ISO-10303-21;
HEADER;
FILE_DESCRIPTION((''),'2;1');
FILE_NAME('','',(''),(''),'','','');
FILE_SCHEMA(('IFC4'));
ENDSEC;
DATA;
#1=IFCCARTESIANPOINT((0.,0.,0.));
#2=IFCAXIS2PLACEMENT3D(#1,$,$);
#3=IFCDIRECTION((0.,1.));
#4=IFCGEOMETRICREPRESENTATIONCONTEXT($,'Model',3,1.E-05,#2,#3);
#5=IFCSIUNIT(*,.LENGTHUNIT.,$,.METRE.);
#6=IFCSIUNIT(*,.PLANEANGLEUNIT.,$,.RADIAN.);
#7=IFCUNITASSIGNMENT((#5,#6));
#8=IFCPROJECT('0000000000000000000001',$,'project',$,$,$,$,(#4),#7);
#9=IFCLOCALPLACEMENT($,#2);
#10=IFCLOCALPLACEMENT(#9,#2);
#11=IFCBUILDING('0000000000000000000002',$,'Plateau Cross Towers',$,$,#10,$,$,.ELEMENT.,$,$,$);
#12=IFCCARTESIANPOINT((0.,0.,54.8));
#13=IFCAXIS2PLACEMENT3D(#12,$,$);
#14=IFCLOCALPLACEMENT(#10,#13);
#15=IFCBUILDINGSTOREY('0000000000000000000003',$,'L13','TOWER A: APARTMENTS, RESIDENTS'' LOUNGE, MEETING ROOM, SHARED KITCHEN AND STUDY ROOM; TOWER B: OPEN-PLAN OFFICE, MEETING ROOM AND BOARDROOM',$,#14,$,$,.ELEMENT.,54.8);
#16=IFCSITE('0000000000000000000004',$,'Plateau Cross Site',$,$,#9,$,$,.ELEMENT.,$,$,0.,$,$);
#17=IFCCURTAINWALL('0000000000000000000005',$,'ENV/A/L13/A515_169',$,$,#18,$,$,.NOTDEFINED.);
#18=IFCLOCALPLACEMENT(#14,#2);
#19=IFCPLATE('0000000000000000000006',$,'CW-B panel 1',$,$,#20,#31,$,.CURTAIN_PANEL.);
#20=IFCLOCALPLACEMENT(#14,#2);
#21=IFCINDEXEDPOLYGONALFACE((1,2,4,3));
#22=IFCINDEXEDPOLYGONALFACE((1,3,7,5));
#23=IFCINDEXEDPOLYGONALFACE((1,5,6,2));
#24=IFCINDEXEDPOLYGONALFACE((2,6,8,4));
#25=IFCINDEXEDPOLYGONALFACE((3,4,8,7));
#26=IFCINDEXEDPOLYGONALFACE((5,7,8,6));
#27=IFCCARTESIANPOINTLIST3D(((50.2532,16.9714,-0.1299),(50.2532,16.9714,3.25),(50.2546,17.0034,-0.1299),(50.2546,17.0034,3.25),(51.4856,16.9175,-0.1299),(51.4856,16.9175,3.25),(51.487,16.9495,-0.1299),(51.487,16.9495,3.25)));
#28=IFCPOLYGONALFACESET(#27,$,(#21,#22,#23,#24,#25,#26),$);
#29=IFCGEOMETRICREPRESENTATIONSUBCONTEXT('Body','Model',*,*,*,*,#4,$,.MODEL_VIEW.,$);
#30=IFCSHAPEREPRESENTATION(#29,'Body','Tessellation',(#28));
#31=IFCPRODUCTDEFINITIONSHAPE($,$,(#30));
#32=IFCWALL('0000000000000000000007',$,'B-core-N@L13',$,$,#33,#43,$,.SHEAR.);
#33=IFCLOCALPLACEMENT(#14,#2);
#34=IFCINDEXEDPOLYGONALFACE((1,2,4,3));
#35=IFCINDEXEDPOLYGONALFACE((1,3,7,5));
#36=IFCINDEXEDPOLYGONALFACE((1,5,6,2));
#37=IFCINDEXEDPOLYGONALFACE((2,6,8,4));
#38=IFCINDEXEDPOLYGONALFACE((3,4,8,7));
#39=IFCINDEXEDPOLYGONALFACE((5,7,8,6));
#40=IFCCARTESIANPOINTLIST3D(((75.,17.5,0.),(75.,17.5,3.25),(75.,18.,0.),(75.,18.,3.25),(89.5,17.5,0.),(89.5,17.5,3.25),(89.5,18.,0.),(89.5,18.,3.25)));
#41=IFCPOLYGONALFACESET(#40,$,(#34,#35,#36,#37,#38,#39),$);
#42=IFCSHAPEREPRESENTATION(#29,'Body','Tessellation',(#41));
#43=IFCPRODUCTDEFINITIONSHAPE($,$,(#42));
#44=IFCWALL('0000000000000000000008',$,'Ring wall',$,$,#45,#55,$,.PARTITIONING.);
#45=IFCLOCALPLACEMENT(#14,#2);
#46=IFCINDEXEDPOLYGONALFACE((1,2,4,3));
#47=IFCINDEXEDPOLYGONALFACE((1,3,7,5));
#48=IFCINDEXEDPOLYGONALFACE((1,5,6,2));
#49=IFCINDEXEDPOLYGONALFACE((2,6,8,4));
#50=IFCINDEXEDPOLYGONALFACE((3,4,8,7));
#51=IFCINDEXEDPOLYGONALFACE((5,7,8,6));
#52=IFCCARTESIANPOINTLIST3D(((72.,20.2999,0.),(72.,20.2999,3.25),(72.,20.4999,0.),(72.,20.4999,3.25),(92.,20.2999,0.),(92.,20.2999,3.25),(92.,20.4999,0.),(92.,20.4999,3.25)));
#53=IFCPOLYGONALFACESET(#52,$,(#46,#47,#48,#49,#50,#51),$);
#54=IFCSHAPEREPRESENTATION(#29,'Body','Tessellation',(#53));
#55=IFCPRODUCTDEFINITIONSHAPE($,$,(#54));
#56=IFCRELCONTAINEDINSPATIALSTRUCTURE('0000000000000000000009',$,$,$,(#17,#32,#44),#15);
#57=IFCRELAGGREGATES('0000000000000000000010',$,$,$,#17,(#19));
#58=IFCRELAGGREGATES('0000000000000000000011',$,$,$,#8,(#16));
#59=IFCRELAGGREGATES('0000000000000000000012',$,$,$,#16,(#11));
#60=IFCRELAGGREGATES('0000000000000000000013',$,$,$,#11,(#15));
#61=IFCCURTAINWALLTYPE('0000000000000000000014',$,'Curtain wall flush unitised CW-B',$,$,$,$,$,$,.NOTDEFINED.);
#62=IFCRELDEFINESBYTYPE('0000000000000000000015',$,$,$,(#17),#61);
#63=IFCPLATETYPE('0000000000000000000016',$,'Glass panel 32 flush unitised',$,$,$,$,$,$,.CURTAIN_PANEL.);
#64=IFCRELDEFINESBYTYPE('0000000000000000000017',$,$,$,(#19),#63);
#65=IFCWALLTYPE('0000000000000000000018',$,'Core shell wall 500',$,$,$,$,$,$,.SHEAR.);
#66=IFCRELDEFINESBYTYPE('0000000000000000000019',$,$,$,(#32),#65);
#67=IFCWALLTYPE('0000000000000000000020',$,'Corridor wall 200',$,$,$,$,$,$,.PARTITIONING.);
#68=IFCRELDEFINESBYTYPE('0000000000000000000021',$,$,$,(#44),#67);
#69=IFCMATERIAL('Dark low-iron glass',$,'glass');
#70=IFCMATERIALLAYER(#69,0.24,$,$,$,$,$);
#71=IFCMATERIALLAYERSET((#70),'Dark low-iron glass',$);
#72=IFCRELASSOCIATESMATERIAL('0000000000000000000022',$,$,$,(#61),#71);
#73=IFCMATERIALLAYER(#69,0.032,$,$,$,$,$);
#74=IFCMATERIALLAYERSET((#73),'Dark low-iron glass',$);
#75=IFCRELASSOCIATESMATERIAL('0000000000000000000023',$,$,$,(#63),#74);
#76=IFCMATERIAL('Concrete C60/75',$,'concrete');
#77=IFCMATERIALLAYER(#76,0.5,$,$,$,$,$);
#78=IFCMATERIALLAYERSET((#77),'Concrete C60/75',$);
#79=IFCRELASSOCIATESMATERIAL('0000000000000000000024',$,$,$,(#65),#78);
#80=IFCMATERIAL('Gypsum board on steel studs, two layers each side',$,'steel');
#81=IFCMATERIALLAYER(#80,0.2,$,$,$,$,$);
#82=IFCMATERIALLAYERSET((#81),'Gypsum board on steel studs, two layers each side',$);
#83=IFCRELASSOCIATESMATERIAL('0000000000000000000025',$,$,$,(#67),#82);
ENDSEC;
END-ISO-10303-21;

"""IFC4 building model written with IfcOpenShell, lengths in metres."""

from ifc_helpers import new_model, si_unit, direction, frame, frame_2d, origin, origin_2d, place, context, subcontext, project, spatial, rectangle, extrude, material, layer, layer_set, type_object, element, aggregate, save


model = new_model("IFC4")

# Units and contexts
model_context = context("Model", 3, precision=1e-05, world=origin(), true_north=direction((0.0, 1.0)))
body_context = subcontext(model_context, "Body", "Model", "MODEL_VIEW")
ifc_project = project(units=[si_unit("LENGTHUNIT", "METRE"), si_unit("PLANEANGLEUNIT", "RADIAN")], contexts=[model_context])

# Site, building, storey
site_placement = place(None, origin())
site = spatial("IfcSite", under=ifc_project, at=site_placement, Name="Plateau Cross Site", CompositionType="ELEMENT", RefElevation=0.0)
building_placement = place(site_placement, origin())
building = spatial("IfcBuilding", under=site, at=building_placement, Name="Plateau Cross Towers", CompositionType="ELEMENT")
storey_placement = place(building_placement, frame((0.0, 0.0, 54.8)))
storey = spatial("IfcBuildingStorey", under=building, at=storey_placement, Name="L13", Description="TOWER A: APARTMENTS, RESIDENTS' LOUNGE, MEETING ROOM, SHARED KITCHEN AND STUDY ROOM; TOWER B: OPEN-PLAN OFFICE, MEETING ROOM AND BOARDROOM", CompositionType="ELEMENT", Elevation=54.8)

# Shared definitions
ifc_material_1 = material(Name="Concrete C60/75", Category="concrete")

# Shared definitions
ifc_material_2 = material(Name="Dark low-iron glass", Category="glass")
ifc_layer_1 = layer(ifc_material_2, 0.24)
ifc_layer_set_1 = layer_set([ifc_layer_1], Name="Dark low-iron glass")
curtain_wall_type_1 = type_object("IfcCurtainWallType", Name="Curtain wall flush unitised CW-B", PredefinedType="NOTDEFINED", material=ifc_layer_set_1)

# Curtain wall
curtain_wall_1_placement = place(storey_placement, origin())
curtain_wall_1 = element("IfcCurtainWall", 1, at=curtain_wall_1_placement, inside=storey, type_object=curtain_wall_type_1, Name="ENV/A/L13/A515_169", PredefinedType="NOTDEFINED")

# Plate
ifc_layer_2 = layer(ifc_material_2, 0.032)
ifc_layer_set_2 = layer_set([ifc_layer_2], Name="Dark low-iron glass")
plate_type_1 = type_object("IfcPlateType", Name="Glass panel 32 flush unitised", PredefinedType="CURTAIN_PANEL", material=ifc_layer_set_2)
plate_1_placement = place(storey_placement, frame((50.8701, 16.9604, -0.1299), z_axis=(0.0, 0.0, 1.0), x_axis=(-0.999044, 0.043723, 0.0)))
plate_1 = element("IfcPlate", 2, at=plate_1_placement, type_object=plate_type_1, Name="CW-B panel 1", PredefinedType="CURTAIN_PANEL", context=body_context, shape_type="SweptSolid", body=[
    extrude(rectangle(XDim=1.2336, YDim=0.032, at=origin_2d()), origin(), (0.0, 0.0, 1.0), 3.3799),
])
aggregate(curtain_wall_1, [plate_1])

# Walls
ifc_layer_3 = layer(ifc_material_1, 0.5)
ifc_layer_set_3 = layer_set([ifc_layer_3], Name="Concrete C60/75")
wall_type_1 = type_object("IfcWallType", Name="Core shell wall 500", PredefinedType="SHEAR", material=ifc_layer_set_3)
wall_1_placement = place(storey_placement, frame((75.0, 17.75, 0.0), z_axis=(0.0, 0.0, 1.0), x_axis=(1.0, 0.0, 0.0)))
element("IfcWall", 3, at=wall_1_placement, inside=storey, type_object=wall_type_1, Name="B-core-N@L13", PredefinedType="SHEAR", context=body_context, shape_type="SweptSolid", body=[
    extrude(rectangle(XDim=14.5, YDim=0.5, at=frame_2d((7.25, 0.0))), origin(), (0.0, 0.0, 1.0), 3.25),
])
ifc_material_3 = material(Name="Gypsum board on steel studs, two layers each side", Category="steel")
ifc_layer_4 = layer(ifc_material_3, 0.2)
ifc_layer_set_4 = layer_set([ifc_layer_4], Name="Gypsum board on steel studs, two layers each side")
wall_type_2 = type_object("IfcWallType", Name="Corridor wall 200", PredefinedType="PARTITIONING", material=ifc_layer_set_4)
wall_2_placement = place(storey_placement, frame((72.0, 20.3999, 0.0), z_axis=(0.0, 0.0, 1.0), x_axis=(1.0, 0.0, 0.0)))
element("IfcWall", 4, at=wall_2_placement, inside=storey, type_object=wall_type_2, Name="Ring wall", PredefinedType="PARTITIONING", context=body_context, shape_type="SweptSolid", body=[
    extrude(rectangle(XDim=20.0, YDim=0.2, at=frame_2d((10.0, 0.0))), origin(), (0.0, 0.0, 1.0), 3.25),
])

save(model, "model.ifc")
